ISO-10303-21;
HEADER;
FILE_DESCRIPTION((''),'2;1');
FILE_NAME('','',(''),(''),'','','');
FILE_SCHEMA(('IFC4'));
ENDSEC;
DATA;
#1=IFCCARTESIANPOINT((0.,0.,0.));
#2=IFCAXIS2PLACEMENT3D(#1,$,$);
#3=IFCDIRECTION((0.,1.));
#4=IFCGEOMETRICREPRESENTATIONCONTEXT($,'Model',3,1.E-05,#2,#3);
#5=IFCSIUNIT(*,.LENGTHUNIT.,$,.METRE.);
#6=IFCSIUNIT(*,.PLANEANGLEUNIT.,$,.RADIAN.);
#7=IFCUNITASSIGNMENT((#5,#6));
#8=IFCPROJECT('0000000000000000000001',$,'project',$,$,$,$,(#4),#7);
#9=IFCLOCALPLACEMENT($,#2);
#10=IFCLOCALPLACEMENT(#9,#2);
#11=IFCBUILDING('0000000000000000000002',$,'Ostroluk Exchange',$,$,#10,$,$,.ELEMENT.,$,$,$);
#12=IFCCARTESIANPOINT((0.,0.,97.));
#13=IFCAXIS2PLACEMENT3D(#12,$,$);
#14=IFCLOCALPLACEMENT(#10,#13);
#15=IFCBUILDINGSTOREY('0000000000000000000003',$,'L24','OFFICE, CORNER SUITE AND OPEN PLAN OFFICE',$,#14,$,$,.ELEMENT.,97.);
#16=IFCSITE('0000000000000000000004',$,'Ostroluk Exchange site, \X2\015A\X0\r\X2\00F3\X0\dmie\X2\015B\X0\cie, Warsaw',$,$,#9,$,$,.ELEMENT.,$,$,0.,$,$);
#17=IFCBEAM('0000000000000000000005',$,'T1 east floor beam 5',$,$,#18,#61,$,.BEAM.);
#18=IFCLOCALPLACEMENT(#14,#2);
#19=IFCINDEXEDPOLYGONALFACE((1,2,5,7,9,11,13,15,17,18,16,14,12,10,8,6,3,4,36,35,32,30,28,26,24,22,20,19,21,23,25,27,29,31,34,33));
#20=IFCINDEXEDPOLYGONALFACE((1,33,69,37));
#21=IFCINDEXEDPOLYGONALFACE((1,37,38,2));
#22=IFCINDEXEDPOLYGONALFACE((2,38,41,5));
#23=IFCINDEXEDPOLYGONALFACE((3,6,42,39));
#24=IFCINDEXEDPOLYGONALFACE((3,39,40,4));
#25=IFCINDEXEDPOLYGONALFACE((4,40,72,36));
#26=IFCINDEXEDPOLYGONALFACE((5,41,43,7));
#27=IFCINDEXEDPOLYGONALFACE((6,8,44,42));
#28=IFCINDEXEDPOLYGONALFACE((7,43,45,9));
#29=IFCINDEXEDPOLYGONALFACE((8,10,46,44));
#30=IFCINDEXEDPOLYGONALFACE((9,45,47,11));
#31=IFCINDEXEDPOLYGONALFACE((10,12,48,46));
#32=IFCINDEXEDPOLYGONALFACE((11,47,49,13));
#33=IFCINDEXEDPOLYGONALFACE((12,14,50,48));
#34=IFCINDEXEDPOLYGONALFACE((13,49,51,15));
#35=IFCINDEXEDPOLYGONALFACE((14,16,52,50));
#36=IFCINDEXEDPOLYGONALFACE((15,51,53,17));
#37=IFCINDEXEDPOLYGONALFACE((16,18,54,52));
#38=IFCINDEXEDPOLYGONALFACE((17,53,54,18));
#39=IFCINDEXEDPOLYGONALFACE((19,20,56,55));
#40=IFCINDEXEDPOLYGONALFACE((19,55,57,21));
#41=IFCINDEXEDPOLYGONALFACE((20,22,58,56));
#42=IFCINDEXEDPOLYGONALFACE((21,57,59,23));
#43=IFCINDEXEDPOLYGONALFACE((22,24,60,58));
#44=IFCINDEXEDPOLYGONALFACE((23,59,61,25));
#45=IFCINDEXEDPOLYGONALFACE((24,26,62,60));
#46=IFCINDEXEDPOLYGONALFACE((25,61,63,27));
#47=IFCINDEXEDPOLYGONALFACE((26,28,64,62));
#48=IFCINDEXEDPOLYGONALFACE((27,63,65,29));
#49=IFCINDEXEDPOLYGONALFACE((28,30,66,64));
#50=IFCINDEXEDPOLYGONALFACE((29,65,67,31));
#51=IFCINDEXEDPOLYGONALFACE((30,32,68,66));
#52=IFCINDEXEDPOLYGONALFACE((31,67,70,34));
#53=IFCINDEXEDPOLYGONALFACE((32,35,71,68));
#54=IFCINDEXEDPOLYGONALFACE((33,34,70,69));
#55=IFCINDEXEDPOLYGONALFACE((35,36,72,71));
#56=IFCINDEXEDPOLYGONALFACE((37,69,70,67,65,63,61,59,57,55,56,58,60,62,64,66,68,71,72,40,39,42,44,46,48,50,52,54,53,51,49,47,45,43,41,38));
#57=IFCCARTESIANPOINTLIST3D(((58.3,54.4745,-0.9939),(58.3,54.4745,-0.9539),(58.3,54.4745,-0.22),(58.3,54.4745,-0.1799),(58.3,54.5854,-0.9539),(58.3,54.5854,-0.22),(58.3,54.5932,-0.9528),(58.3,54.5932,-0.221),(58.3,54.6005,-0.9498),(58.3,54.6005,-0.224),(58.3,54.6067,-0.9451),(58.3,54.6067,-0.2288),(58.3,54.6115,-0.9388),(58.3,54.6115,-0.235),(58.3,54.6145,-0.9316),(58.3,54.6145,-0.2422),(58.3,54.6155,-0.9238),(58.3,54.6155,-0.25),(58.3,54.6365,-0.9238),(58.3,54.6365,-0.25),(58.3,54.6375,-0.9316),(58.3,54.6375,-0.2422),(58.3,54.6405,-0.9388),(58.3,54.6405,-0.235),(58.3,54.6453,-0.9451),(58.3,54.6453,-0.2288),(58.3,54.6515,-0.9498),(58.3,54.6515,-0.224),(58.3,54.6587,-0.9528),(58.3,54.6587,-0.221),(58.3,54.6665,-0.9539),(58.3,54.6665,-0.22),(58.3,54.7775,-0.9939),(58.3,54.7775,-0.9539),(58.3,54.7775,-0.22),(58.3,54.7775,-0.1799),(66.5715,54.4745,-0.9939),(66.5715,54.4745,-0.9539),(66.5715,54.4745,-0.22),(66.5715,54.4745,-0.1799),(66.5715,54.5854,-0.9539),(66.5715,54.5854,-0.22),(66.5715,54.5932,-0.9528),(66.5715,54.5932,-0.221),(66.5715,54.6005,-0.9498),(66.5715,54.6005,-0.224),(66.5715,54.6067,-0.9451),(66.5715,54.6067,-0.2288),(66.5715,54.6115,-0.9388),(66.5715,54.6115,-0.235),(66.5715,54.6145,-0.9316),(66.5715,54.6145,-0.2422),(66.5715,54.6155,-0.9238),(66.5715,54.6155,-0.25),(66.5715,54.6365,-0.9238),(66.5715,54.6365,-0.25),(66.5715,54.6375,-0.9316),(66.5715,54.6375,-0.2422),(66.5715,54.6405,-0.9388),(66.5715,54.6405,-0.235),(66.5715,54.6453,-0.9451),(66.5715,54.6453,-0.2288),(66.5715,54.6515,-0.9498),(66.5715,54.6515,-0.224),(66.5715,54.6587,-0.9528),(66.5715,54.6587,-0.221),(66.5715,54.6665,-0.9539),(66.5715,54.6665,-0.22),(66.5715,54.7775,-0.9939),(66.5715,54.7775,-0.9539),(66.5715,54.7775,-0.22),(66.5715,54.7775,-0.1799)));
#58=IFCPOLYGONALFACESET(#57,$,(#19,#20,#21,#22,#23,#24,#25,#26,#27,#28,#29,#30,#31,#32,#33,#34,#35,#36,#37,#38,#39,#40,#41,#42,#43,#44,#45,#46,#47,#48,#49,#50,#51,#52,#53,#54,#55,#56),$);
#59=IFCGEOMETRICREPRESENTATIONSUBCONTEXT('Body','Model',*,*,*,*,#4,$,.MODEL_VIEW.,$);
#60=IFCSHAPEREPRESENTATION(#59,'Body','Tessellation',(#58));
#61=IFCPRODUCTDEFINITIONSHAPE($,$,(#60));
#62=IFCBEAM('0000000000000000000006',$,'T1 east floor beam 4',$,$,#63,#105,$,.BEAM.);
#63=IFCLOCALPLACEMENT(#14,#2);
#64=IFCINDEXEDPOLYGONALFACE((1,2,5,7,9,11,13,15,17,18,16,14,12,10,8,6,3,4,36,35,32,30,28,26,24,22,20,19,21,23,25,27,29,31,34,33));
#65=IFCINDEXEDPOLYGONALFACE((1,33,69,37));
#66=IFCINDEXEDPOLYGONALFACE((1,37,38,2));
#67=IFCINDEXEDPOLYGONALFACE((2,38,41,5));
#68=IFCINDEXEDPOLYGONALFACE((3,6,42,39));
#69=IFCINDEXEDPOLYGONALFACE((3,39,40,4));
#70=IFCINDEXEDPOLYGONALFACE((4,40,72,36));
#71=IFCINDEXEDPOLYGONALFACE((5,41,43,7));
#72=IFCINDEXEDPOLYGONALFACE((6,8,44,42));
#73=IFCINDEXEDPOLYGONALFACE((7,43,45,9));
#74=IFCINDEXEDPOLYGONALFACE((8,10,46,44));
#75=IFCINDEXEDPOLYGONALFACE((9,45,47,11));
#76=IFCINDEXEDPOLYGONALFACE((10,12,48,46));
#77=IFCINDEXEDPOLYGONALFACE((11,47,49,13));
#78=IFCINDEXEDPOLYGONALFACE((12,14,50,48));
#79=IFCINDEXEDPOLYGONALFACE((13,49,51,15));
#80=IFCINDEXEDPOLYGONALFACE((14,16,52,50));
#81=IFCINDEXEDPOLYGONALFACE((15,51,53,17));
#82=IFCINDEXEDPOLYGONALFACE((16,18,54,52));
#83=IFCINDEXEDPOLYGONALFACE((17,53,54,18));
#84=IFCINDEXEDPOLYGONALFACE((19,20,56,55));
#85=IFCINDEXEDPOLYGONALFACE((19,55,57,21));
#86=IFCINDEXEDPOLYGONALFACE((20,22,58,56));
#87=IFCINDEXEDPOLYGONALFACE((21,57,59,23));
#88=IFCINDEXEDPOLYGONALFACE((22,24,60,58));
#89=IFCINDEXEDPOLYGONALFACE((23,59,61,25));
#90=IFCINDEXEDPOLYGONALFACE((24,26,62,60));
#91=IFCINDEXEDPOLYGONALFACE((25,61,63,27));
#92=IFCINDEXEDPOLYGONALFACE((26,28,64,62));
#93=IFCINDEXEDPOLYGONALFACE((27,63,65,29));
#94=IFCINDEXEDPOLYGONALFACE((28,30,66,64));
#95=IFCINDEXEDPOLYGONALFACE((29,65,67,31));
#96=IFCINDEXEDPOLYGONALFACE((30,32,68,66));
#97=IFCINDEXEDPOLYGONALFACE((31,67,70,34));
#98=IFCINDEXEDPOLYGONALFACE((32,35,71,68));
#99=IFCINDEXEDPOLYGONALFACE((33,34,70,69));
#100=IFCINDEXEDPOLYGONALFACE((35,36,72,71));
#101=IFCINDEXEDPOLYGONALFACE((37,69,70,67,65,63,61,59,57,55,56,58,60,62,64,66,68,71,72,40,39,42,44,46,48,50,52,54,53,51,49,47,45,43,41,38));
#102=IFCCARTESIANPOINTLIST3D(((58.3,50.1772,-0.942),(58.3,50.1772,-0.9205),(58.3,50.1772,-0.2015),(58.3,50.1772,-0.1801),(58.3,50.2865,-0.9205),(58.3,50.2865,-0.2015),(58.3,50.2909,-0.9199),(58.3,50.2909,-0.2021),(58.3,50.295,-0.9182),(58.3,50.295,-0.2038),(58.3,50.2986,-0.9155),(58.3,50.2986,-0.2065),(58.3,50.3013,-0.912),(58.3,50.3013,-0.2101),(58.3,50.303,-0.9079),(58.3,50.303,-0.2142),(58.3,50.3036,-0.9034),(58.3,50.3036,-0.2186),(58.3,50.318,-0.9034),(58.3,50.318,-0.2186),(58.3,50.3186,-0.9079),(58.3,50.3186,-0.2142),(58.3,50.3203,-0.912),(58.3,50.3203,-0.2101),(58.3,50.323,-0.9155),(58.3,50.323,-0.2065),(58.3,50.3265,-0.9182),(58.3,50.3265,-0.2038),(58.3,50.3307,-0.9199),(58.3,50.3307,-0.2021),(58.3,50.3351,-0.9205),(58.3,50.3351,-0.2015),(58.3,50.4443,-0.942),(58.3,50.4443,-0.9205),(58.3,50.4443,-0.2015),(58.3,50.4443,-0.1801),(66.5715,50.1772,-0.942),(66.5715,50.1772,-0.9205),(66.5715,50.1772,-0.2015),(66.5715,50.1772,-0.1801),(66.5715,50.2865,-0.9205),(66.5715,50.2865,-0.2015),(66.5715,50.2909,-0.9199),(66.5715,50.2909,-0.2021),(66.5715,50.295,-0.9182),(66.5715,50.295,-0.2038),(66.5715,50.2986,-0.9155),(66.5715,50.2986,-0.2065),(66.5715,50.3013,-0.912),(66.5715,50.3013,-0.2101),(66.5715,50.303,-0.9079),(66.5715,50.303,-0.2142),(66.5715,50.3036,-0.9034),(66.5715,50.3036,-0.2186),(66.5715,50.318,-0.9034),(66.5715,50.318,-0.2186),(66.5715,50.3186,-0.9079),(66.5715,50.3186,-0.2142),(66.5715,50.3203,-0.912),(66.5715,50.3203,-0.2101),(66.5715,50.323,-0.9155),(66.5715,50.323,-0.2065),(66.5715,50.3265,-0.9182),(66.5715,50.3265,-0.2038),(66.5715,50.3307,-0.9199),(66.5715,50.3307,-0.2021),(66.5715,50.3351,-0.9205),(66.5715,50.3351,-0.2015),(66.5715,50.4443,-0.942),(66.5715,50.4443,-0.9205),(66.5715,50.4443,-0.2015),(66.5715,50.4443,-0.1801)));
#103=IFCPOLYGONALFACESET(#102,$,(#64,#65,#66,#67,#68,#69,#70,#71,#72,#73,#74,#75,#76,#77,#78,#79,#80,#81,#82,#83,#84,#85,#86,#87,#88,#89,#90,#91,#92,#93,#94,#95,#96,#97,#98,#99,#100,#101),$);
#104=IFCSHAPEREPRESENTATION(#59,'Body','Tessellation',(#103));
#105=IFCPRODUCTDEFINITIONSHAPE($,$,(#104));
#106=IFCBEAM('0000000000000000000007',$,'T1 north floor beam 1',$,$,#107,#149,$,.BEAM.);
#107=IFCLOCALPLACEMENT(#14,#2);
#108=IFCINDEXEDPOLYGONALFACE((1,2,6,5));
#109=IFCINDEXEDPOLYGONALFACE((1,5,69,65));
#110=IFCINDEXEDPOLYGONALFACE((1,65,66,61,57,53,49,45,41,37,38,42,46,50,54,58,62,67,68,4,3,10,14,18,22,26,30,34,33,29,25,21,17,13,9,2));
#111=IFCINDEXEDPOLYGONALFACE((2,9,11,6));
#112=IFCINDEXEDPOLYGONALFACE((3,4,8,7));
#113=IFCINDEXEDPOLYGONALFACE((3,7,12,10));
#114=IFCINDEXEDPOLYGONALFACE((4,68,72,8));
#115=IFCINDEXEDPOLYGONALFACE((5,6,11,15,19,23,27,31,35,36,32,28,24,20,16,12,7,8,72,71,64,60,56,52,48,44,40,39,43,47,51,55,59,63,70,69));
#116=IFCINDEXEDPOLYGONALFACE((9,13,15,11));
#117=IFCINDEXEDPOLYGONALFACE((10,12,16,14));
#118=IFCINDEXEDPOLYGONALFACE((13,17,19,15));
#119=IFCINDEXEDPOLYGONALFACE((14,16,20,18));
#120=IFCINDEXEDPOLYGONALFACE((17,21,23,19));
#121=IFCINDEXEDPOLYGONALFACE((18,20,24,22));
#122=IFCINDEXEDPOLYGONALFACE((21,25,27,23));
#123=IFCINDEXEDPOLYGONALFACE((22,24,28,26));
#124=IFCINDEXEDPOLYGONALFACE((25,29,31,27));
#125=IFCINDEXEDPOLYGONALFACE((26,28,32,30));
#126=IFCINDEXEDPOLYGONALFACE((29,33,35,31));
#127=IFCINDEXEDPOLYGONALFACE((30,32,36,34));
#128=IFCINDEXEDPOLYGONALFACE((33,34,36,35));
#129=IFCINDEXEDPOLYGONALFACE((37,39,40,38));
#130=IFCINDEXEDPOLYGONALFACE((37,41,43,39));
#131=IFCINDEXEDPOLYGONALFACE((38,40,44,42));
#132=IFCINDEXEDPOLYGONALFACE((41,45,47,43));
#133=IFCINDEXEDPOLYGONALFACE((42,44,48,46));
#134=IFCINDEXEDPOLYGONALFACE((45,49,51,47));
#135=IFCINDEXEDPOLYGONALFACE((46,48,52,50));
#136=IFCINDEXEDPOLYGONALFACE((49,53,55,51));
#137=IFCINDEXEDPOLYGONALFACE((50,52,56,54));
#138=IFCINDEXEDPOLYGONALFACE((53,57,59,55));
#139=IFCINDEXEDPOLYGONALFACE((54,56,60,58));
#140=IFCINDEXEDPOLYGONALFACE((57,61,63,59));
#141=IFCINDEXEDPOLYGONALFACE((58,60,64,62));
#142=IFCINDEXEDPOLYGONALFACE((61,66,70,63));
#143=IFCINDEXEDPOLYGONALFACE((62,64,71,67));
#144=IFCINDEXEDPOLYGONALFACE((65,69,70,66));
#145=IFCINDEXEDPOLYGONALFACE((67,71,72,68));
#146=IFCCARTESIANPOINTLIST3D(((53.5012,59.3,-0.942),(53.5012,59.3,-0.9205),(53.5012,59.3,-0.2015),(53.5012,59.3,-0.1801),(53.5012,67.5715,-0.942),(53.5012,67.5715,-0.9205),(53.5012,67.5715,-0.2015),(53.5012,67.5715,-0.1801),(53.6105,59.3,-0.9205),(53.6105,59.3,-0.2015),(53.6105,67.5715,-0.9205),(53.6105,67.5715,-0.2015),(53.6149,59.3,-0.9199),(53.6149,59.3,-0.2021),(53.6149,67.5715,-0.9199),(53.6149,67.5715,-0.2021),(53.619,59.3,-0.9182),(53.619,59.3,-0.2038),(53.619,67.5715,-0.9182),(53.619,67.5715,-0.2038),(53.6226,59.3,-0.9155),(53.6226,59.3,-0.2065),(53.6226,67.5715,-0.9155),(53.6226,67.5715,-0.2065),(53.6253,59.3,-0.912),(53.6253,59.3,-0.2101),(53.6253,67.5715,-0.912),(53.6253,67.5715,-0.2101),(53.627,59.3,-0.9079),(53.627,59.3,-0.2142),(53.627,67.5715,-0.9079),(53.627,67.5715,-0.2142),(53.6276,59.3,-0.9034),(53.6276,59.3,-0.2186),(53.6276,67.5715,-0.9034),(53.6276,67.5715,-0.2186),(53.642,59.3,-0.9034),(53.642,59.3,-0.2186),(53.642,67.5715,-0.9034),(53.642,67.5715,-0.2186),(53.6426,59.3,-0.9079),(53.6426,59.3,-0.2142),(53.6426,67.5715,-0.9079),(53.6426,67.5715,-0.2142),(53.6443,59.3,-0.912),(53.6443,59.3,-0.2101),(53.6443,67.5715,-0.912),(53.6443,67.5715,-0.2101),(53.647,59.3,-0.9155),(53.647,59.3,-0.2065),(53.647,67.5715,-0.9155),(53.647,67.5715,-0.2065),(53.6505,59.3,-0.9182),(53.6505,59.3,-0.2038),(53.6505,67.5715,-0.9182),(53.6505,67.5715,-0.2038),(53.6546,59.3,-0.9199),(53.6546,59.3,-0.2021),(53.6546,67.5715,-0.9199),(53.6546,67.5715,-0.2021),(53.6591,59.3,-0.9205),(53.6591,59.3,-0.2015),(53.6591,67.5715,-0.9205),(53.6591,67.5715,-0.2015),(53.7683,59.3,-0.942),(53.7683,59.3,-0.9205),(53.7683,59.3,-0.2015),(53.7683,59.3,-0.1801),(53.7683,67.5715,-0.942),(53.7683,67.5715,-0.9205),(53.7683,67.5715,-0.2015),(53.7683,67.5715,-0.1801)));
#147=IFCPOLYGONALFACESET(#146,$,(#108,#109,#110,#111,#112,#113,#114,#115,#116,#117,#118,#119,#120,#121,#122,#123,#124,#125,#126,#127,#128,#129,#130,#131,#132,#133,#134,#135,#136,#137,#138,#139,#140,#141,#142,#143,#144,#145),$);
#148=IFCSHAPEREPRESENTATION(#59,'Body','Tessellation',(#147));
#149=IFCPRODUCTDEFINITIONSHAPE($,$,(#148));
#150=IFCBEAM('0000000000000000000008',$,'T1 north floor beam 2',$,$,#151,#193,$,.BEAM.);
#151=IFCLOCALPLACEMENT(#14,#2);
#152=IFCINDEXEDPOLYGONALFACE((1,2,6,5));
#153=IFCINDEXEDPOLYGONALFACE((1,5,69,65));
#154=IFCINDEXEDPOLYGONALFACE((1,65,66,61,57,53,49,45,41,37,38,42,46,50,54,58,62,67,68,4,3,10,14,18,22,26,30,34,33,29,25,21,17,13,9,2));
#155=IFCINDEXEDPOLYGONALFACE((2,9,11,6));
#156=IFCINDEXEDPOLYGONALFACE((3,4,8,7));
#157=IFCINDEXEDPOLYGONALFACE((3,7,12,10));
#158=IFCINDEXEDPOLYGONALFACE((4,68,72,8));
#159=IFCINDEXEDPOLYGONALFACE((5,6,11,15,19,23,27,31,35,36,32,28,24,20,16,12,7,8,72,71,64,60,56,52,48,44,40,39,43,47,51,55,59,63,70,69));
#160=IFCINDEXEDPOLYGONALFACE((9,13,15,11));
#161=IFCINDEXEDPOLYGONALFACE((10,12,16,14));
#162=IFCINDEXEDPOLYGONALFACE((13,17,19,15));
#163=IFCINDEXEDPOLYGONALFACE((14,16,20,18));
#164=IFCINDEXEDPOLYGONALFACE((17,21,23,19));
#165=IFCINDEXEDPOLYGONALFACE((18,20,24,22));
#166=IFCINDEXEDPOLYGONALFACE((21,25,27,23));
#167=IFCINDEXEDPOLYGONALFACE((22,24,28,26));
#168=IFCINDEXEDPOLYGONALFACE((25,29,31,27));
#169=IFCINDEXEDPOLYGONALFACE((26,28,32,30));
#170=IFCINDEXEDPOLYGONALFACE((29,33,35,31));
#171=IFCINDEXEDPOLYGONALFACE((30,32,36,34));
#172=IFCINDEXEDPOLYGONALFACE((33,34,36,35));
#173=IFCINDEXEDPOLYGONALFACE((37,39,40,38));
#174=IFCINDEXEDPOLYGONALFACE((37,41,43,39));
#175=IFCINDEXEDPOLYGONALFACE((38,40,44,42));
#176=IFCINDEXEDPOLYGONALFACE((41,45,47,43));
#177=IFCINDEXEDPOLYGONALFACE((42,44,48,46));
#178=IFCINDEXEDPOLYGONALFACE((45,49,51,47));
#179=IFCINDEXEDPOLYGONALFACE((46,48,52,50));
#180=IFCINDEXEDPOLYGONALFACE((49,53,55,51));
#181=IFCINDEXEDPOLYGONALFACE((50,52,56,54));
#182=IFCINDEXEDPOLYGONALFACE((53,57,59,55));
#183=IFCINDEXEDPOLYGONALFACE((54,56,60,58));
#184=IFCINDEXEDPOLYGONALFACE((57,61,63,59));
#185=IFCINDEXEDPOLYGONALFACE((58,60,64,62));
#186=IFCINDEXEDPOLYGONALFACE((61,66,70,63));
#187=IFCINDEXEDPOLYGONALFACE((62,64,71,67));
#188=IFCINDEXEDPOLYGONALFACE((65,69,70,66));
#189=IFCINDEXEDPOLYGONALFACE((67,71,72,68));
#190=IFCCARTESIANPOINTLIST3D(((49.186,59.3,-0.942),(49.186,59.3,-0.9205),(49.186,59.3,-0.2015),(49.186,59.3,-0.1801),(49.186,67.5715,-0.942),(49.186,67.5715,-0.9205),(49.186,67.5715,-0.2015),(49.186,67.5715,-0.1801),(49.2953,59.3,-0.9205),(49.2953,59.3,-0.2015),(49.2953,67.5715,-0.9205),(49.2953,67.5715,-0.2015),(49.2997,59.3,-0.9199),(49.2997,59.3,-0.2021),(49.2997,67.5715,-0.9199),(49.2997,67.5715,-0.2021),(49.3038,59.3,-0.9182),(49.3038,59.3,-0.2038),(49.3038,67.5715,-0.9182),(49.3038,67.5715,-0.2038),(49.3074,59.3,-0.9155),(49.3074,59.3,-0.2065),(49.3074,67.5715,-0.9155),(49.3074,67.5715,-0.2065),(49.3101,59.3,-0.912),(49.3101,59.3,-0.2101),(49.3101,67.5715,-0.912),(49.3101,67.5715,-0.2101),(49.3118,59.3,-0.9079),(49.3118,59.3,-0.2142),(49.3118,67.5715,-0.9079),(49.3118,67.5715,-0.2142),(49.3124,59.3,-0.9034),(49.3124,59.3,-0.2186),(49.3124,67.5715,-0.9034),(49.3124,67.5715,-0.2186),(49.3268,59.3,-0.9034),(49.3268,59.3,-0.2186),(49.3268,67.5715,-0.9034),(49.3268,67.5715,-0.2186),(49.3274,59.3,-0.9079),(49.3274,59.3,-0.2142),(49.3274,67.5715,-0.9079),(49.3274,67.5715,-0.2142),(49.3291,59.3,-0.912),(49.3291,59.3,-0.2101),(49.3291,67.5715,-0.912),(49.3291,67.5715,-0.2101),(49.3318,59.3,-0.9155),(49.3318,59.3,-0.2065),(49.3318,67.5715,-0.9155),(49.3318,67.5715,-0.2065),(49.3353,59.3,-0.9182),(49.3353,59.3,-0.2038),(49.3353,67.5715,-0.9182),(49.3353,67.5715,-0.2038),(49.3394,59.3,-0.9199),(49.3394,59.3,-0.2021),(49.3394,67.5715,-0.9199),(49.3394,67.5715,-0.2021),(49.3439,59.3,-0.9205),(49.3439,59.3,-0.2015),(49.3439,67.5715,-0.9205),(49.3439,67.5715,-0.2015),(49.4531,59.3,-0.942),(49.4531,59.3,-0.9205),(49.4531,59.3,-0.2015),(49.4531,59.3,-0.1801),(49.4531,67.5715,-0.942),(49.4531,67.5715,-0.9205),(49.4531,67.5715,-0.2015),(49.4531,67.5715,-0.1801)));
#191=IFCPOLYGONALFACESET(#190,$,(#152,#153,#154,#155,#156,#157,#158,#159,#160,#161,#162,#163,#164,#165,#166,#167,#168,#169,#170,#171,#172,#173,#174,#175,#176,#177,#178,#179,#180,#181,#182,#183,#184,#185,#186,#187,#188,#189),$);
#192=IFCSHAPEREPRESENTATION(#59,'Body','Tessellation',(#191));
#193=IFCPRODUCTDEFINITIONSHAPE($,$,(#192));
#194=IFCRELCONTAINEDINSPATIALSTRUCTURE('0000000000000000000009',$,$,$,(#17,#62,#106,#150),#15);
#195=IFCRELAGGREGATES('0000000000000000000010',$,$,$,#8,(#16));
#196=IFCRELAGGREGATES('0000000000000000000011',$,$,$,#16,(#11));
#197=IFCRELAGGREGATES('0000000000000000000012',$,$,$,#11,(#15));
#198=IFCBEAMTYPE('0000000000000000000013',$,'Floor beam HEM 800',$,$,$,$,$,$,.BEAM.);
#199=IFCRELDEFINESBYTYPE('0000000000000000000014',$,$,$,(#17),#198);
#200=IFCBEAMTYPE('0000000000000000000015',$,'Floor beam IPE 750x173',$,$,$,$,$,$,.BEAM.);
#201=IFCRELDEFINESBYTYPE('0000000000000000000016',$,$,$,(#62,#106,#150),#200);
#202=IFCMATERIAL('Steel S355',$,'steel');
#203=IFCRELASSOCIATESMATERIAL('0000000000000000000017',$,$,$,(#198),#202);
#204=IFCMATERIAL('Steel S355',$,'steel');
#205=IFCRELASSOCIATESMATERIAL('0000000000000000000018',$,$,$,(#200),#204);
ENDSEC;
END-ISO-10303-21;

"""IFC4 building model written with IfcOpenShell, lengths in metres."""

from ifc_helpers import new_model, si_unit, direction, frame, origin, origin_2d, place, context, subcontext, project, spatial, i_section, extrude, material, material_profile, profile_set, type_object, element, save


model = new_model("IFC4")

# Units and contexts
model_context = context("Model", 3, precision=1e-05, world=origin(), true_north=direction((0.0, 1.0)))
body_context = subcontext(model_context, "Body", "Model", "MODEL_VIEW")
ifc_project = project(units=[si_unit("LENGTHUNIT", "METRE"), si_unit("PLANEANGLEUNIT", "RADIAN")], contexts=[model_context])

# Site, building, storey
site_placement = place(None, origin())
site = spatial("IfcSite", under=ifc_project, at=site_placement, Name="Ostroluk Exchange site, Śródmieście, Warsaw", CompositionType="ELEMENT", RefElevation=0.0)
building_placement = place(site_placement, origin())
building = spatial("IfcBuilding", under=site, at=building_placement, Name="Ostroluk Exchange", CompositionType="ELEMENT")
storey_placement = place(building_placement, frame((0.0, 0.0, 97.0)))
storey = spatial("IfcBuildingStorey", under=building, at=storey_placement, Name="L24", Description="OFFICE, CORNER SUITE AND OPEN PLAN OFFICE", CompositionType="ELEMENT", Elevation=97.0)

# Beams
ifc_material_1 = material(Name="Steel S355", Category="steel")
ifc_material_profile_1 = material_profile(ifc_material_1, i_section(OverallWidth=0.303, OverallDepth=0.814, WebThickness=0.021, FlangeThickness=0.04, FilletRadius=0.03, at=origin_2d()), Name="HEM 800")
ifc_profile_set_1 = profile_set([ifc_material_profile_1], Name="Steel S355")
beam_type_1 = type_object("IfcBeamType", Name="Floor beam HEM 800", PredefinedType="BEAM", material=ifc_profile_set_1)
beam_placement = place(storey_placement, frame((58.3, 54.626, -0.5869), z_axis=(1.0, 0.0, 0.0), x_axis=(0.0, 1.0, 0.0)))
element("IfcBeam", 1, at=beam_placement, inside=storey, type_object=beam_type_1, Name="T1 east floor beam 5", PredefinedType="BEAM", context=body_context, shape_type="SweptSolid", body=[
    extrude(i_section(OverallWidth=0.303, OverallDepth=0.814, WebThickness=0.021, FlangeThickness=0.04, FilletRadius=0.03, at=origin_2d()), origin(), (0.0, 0.0, 1.0), 8.2715),
])
ifc_material_2 = material(Name="Steel S355", Category="steel")
ifc_material_profile_2 = material_profile(ifc_material_2, i_section(OverallWidth=0.2671, OverallDepth=0.762, WebThickness=0.0144, FlangeThickness=0.0215, FilletRadius=0.0171, at=origin_2d()), Name="IPE 750x173")
ifc_profile_set_2 = profile_set([ifc_material_profile_2], Name="Steel S355")
beam_type_2 = type_object("IfcBeamType", Name="Floor beam IPE 750x173", PredefinedType="BEAM", material=ifc_profile_set_2)
for number, where, z_axis, x_axis, name in (
    (2, (58.3, 50.3108, -0.561), (1.0, 0.0, 0.0), (0.0, 1.0, 0.0), "T1 east floor beam 4"),
    (3, (53.6348, 59.3, -0.561), (0.0, 1.0, 0.0), (-1.0, 0.0, 0.0), "T1 north floor beam 1"),
    (4, (49.3196, 59.3, -0.561), (0.0, 1.0, 0.0), (-1.0, 0.0, 0.0), "T1 north floor beam 2"),
):
    element("IfcBeam", number, at=place(storey_placement, frame(where, z_axis=z_axis, x_axis=x_axis)), inside=storey, type_object=beam_type_2, Name=name, PredefinedType="BEAM", context=body_context, shape_type="SweptSolid", body=[
        extrude(i_section(OverallWidth=0.2671, OverallDepth=0.762, WebThickness=0.0144, FlangeThickness=0.0215, FilletRadius=0.0171, at=origin_2d()), origin(), (0.0, 0.0, 1.0), 8.2715),
    ])

save(model, "model.ifc")
